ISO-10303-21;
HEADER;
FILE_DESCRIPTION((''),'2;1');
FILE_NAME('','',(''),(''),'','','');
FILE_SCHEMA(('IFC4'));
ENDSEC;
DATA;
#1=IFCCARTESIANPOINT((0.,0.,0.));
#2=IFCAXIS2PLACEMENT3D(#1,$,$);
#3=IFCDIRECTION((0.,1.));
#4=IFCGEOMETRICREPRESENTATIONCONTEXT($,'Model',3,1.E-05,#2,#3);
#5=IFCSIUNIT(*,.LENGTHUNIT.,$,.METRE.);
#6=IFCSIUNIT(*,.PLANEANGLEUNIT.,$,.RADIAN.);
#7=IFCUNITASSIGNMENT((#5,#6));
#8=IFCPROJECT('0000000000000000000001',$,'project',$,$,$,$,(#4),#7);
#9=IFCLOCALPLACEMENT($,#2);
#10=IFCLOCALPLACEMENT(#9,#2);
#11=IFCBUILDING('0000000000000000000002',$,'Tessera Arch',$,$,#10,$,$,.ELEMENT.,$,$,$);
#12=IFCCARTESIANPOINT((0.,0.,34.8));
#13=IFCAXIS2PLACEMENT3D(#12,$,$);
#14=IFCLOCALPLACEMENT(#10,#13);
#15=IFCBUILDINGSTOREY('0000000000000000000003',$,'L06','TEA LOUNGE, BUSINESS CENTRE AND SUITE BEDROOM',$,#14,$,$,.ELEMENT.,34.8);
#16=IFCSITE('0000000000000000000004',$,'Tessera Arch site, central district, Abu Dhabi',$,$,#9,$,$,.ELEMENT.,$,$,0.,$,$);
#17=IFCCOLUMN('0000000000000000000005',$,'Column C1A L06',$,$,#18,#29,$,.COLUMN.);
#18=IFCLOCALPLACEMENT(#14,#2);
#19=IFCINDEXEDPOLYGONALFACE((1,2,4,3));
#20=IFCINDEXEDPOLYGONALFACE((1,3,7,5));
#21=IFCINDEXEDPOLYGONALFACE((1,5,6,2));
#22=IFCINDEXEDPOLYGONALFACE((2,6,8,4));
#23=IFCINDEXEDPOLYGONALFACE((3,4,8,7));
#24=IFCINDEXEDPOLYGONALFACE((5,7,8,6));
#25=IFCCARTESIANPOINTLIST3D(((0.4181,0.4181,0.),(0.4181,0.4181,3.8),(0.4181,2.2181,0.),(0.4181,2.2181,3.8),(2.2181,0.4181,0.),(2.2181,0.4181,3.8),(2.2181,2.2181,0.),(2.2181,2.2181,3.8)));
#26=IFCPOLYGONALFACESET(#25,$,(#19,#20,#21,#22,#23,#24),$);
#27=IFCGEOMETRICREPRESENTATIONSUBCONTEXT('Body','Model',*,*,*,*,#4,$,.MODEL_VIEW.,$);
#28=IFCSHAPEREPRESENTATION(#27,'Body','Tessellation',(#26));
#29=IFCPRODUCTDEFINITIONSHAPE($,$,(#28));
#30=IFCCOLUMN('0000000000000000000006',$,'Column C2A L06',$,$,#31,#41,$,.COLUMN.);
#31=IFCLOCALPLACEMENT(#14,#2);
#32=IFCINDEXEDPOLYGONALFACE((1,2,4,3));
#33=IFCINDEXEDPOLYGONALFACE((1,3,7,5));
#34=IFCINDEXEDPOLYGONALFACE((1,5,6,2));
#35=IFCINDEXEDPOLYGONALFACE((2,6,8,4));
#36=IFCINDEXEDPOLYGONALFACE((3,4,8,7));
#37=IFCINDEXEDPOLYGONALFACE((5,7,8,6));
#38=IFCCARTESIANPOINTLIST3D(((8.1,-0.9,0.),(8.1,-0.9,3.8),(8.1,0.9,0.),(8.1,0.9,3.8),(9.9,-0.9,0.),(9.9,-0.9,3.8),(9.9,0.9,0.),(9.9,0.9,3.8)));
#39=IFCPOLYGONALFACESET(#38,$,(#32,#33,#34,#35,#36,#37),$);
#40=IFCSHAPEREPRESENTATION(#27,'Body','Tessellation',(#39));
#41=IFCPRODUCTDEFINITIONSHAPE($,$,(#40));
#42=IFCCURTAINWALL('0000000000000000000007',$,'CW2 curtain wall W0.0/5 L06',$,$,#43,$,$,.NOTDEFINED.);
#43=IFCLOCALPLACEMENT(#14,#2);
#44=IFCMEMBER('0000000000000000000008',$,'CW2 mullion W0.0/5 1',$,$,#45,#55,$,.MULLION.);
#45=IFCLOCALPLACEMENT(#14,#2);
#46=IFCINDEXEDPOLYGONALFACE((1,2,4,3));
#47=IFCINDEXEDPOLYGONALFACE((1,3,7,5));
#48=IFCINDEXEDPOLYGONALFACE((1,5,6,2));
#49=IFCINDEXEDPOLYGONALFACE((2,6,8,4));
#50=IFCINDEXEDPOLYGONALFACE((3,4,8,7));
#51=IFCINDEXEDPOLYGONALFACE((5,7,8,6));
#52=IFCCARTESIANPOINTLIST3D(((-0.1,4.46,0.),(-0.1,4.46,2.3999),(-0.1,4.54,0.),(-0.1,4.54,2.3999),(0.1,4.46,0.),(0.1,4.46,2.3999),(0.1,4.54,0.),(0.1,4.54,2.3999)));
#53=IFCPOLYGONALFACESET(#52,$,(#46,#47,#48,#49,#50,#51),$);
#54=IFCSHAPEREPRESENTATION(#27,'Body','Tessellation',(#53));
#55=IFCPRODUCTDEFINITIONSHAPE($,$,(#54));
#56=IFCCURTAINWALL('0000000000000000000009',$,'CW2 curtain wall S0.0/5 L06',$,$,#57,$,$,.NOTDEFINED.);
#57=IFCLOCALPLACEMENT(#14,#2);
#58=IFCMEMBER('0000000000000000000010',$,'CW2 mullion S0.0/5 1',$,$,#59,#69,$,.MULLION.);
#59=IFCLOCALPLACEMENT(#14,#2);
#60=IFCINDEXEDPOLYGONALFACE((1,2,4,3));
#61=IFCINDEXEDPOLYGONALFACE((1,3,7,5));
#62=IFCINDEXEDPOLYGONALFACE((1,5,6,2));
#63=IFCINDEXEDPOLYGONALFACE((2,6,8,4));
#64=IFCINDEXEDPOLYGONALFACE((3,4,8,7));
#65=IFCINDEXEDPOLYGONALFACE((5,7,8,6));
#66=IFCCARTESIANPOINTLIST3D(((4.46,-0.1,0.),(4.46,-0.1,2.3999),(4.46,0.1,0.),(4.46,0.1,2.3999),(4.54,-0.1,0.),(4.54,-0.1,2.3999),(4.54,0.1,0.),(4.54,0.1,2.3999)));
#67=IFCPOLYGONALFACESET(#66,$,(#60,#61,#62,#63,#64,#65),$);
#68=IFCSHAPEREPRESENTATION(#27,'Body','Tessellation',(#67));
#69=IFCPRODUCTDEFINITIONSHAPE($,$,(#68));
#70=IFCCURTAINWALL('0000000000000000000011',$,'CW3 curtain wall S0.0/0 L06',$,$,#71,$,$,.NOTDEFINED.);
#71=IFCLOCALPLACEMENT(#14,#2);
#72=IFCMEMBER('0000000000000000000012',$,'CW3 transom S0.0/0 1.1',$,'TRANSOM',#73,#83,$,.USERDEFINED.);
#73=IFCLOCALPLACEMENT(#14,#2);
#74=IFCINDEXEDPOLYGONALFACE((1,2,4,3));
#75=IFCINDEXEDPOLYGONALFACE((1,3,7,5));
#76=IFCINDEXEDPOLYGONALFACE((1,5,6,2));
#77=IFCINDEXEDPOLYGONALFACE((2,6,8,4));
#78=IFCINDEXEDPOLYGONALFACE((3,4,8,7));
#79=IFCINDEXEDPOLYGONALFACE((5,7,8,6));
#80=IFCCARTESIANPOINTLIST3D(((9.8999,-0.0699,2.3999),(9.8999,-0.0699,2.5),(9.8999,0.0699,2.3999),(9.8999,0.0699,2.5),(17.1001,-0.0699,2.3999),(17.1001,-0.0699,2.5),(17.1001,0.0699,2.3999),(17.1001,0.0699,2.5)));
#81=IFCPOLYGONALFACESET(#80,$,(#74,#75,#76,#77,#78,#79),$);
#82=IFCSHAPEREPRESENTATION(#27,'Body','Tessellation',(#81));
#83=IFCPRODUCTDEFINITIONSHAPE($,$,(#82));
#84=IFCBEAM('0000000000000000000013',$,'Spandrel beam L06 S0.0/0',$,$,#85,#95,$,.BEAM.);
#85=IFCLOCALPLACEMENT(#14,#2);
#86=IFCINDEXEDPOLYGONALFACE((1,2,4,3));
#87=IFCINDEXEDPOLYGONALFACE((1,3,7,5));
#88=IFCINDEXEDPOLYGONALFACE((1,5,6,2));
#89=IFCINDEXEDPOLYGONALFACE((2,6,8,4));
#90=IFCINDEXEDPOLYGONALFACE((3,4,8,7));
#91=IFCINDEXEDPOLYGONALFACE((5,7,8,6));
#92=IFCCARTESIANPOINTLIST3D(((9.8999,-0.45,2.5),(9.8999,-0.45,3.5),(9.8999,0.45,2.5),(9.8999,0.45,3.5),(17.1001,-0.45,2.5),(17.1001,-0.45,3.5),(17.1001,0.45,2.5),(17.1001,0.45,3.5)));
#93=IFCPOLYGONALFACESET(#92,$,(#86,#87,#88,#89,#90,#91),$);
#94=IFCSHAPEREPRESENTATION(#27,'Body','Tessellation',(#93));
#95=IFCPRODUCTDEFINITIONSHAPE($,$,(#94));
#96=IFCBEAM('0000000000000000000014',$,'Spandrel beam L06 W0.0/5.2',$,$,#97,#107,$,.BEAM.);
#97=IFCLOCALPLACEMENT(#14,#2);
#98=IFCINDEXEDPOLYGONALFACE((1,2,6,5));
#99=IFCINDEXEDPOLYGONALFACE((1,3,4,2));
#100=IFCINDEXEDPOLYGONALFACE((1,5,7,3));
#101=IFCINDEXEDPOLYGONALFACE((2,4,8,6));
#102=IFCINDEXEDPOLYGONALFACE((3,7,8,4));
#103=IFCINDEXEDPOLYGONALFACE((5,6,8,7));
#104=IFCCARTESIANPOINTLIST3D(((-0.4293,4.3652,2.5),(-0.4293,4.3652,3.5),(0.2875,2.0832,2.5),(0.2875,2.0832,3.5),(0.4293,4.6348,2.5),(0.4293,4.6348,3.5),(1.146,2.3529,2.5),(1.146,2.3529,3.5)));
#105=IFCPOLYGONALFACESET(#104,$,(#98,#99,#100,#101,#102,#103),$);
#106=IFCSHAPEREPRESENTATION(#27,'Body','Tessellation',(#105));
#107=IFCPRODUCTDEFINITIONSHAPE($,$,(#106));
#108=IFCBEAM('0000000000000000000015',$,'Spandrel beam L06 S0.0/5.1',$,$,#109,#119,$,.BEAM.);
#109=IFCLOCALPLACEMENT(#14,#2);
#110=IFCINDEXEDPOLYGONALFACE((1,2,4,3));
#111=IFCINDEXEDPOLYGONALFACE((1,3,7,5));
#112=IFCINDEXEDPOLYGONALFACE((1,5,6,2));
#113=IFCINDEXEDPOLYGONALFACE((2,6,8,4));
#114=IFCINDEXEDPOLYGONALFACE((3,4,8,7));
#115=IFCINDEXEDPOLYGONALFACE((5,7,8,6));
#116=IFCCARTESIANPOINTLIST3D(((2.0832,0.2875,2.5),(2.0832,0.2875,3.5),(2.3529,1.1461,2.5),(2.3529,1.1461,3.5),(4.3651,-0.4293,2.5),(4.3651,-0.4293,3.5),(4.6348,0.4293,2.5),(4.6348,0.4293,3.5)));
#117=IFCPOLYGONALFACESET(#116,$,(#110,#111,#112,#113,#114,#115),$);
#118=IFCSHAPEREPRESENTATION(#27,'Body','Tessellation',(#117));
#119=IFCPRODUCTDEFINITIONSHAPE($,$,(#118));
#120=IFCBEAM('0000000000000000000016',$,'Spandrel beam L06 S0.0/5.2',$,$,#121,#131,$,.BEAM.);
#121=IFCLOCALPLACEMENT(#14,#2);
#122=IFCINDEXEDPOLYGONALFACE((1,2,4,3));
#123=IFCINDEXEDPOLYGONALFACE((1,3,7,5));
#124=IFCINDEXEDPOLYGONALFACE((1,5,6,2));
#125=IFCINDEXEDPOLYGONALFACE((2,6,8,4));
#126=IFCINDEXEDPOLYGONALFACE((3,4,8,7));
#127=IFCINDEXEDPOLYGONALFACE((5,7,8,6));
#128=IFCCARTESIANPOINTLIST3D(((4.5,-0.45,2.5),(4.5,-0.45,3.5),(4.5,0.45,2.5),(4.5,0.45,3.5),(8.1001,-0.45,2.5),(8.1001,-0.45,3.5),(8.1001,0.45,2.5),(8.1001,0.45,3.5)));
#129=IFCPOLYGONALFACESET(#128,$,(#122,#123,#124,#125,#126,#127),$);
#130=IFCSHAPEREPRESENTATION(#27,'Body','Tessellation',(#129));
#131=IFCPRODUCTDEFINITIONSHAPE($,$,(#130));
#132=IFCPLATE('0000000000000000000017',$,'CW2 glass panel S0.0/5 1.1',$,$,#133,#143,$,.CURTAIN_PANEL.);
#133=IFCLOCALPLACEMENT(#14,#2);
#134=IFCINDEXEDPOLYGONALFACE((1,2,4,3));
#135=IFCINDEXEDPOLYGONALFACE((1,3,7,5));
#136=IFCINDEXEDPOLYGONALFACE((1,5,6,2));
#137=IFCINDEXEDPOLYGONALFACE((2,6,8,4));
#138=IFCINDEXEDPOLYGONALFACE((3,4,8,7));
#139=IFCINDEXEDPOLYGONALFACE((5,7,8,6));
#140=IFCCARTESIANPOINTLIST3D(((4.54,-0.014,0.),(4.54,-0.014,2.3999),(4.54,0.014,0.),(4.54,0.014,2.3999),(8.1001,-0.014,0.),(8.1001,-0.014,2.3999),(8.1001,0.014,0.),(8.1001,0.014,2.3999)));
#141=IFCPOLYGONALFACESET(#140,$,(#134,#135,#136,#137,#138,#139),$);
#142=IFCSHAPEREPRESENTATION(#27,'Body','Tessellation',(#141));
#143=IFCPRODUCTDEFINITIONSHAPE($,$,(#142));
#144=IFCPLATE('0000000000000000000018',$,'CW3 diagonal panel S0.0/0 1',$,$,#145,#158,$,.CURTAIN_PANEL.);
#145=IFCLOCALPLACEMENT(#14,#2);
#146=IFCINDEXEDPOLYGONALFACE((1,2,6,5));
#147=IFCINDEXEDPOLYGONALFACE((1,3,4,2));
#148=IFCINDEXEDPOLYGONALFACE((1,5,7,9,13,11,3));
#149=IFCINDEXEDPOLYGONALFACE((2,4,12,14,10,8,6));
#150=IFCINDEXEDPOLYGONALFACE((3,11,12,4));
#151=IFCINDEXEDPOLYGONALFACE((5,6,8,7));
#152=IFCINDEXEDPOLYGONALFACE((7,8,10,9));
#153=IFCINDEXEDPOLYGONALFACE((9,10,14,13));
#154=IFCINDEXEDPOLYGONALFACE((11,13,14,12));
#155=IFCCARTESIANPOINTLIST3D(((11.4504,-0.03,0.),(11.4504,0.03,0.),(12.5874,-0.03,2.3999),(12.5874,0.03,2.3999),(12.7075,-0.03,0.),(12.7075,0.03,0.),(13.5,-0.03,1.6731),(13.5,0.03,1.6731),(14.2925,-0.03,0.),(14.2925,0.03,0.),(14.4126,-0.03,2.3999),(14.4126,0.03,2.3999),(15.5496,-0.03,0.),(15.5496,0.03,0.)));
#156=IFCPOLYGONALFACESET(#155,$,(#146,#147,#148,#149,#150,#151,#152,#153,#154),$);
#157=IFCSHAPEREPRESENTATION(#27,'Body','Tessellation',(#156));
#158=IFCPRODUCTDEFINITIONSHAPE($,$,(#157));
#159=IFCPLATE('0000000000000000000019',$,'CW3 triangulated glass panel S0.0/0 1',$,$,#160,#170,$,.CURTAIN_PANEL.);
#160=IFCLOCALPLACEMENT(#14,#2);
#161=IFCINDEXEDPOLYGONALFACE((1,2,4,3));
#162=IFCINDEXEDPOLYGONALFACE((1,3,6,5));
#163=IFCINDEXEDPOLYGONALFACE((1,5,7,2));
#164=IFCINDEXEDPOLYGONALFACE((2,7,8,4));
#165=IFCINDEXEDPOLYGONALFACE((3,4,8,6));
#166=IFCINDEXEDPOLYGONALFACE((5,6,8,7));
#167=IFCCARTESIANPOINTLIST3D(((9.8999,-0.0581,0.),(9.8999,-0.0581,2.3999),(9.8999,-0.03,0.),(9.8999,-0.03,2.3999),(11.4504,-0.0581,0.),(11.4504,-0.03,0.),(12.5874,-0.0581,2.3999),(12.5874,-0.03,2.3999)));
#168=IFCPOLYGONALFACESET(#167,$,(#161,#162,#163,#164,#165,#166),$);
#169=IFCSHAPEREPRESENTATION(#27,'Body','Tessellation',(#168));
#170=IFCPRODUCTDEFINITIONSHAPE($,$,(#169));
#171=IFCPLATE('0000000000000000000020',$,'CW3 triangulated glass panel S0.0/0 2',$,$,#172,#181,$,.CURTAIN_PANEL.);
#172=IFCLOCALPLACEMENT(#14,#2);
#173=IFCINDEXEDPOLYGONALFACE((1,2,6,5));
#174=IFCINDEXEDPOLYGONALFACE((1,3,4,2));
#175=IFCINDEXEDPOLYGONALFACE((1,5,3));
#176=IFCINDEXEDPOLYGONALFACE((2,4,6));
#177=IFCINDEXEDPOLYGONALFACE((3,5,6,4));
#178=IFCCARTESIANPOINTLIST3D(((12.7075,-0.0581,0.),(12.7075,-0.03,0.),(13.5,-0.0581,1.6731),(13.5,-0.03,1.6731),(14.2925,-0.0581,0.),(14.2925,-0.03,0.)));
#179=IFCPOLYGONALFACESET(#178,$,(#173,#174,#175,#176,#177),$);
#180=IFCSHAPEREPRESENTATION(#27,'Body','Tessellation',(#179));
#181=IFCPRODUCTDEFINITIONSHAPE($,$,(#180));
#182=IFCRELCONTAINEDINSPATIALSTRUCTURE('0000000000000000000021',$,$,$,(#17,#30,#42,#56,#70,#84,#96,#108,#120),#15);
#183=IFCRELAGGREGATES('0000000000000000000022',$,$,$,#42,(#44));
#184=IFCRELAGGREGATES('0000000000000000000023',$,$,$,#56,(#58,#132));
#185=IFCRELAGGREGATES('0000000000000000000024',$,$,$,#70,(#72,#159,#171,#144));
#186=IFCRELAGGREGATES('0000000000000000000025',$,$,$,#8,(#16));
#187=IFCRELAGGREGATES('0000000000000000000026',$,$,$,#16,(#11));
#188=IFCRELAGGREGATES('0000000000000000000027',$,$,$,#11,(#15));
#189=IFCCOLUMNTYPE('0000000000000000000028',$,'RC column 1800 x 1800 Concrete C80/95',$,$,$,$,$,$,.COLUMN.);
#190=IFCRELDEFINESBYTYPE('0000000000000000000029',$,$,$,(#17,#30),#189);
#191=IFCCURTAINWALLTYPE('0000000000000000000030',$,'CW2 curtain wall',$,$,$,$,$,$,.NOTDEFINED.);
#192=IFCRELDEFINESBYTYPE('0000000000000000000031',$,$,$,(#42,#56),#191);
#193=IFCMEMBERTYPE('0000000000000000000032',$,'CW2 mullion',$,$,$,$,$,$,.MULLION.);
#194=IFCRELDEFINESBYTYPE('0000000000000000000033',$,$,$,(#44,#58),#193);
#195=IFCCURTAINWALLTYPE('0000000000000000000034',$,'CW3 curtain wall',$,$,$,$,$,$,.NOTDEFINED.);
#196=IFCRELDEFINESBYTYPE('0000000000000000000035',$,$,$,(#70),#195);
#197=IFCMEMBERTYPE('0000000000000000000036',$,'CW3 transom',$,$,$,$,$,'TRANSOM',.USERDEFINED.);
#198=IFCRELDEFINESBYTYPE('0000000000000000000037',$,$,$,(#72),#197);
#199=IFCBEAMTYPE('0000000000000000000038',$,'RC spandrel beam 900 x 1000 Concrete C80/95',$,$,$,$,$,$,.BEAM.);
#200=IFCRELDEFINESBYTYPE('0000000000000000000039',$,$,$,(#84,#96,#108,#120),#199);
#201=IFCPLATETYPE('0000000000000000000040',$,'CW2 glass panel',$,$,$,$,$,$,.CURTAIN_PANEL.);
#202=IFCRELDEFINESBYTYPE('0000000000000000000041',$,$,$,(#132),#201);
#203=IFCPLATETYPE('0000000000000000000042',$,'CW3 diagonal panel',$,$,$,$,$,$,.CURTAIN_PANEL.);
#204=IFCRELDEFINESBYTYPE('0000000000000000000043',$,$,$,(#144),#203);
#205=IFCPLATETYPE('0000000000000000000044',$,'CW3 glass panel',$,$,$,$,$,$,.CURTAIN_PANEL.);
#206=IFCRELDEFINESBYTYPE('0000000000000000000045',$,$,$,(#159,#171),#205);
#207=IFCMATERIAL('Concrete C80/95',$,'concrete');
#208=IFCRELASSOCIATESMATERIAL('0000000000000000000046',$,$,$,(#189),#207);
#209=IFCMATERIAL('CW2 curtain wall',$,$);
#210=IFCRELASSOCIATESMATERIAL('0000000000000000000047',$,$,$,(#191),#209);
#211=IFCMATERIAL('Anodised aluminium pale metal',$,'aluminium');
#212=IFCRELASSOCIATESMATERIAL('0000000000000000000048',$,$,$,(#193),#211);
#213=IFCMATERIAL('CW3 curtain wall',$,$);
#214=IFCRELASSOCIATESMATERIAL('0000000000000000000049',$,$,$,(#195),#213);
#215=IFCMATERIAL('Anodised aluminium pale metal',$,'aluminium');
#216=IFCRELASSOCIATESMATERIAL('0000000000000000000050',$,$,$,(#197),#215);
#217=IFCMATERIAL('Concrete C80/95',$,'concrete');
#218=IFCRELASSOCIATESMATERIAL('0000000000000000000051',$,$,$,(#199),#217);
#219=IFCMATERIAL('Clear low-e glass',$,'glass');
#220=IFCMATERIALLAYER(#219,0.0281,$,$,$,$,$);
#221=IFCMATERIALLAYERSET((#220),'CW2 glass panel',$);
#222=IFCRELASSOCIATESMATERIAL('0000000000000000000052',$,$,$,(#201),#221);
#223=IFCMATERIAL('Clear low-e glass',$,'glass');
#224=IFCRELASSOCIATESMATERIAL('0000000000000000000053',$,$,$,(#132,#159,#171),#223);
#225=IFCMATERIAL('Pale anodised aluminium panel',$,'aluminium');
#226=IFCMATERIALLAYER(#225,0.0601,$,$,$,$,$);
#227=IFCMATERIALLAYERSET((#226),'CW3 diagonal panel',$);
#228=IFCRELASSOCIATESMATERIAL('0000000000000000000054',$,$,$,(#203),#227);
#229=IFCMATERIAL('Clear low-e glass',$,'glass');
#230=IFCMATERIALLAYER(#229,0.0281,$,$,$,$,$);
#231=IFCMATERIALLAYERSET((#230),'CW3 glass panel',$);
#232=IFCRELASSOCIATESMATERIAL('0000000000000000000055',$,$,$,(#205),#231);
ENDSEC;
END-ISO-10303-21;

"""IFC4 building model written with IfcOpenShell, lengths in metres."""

from ifc_helpers import new_model, si_unit, direction, frame, origin, origin_2d, place, context, subcontext, project, spatial, polyline, rectangle, outline, extrude, material, layer, layer_set, material_profile, profile_set, type_object, element, aggregate, save


model = new_model("IFC4")

# Units and contexts
model_context = context("Model", 3, precision=1e-05, world=origin(), true_north=direction((0.0, 1.0)))
body_context = subcontext(model_context, "Body", "Model", "MODEL_VIEW")
ifc_project = project(units=[si_unit("LENGTHUNIT", "METRE"), si_unit("PLANEANGLEUNIT", "RADIAN")], contexts=[model_context])

# Site, building, storey
site_placement = place(None, origin())
site = spatial("IfcSite", under=ifc_project, at=site_placement, Name="Tessera Arch site, central district, Abu Dhabi", CompositionType="ELEMENT", RefElevation=0.0)
building_placement = place(site_placement, origin())
building = spatial("IfcBuilding", under=site, at=building_placement, Name="Tessera Arch", CompositionType="ELEMENT")
storey_placement = place(building_placement, frame((0.0, 0.0, 34.8)))
storey = spatial("IfcBuildingStorey", under=building, at=storey_placement, Name="L06", Description="TEA LOUNGE, BUSINESS CENTRE AND SUITE BEDROOM", CompositionType="ELEMENT", Elevation=34.8)

# Columns
ifc_material_1 = material(Name="Concrete C80/95", Category="concrete")
ifc_material_profile_1 = material_profile(ifc_material_1, rectangle(XDim=1.8, YDim=1.8, at=origin_2d()), Name="RC column 1800 x 1800 Concrete C80/95")
ifc_profile_set_1 = profile_set([ifc_material_profile_1], Name="Concrete C80/95")
column_type = type_object("IfcColumnType", Name="RC column 1800 x 1800 Concrete C80/95", PredefinedType="COLUMN", material=ifc_profile_set_1)
for number, where, z_axis, x_axis, name in (
    (1, (1.3181, 1.3181, 0.0), (0.0, 0.0, 1.0), (1.0, 0.0, 0.0), "Column C1A L06"),
    (2, (9.0, 0.0, 0.0), (0.0, 0.0, 1.0), (1.0, 0.0, 0.0), "Column C2A L06"),
):
    element("IfcColumn", number, at=place(storey_placement, frame(where, z_axis=z_axis, x_axis=x_axis)), inside=storey, type_object=column_type, Name=name, PredefinedType="COLUMN", context=body_context, shape_type="SweptSolid", body=[
        extrude(rectangle(XDim=1.8, YDim=1.8, at=origin_2d()), origin(), (0.0, 0.0, 1.0), 3.8),
    ])

# Curtain walls, members
ifc_material_2 = material(Name="CW2 curtain wall")
curtain_wall_type_1 = type_object("IfcCurtainWallType", Name="CW2 curtain wall", PredefinedType="NOTDEFINED", material=ifc_material_2)
curtain_wall_1_placement = place(storey_placement, origin())
curtain_wall_1 = element("IfcCurtainWall", 3, at=curtain_wall_1_placement, inside=storey, type_object=curtain_wall_type_1, Name="CW2 curtain wall W0.0/5 L06", PredefinedType="NOTDEFINED")
ifc_material_3 = material(Name="Anodised aluminium pale metal", Category="aluminium")
ifc_material_profile_2 = material_profile(ifc_material_3, rectangle(XDim=0.2, YDim=0.0801, at=origin_2d()), Name="AL 80x200")
ifc_profile_set_2 = profile_set([ifc_material_profile_2], Name="Anodised aluminium pale metal")
member_type_1 = type_object("IfcMemberType", Name="CW2 mullion", PredefinedType="MULLION", material=ifc_profile_set_2)
member_1_placement = place(storey_placement, frame((0.0, 4.5, 0.0), z_axis=(0.0, 0.0, 1.0), x_axis=(1.0, 0.0, 0.0)))
member_1 = element("IfcMember", 4, at=member_1_placement, type_object=member_type_1, Name="CW2 mullion W0.0/5 1", PredefinedType="MULLION", context=body_context, shape_type="SweptSolid", body=[
    extrude(rectangle(XDim=0.2, YDim=0.0801, at=origin_2d()), origin(), (0.0, 0.0, 1.0), 2.3999),
])
aggregate(curtain_wall_1, [member_1])
curtain_wall_2_placement = place(storey_placement, origin())
curtain_wall_2 = element("IfcCurtainWall", 5, at=curtain_wall_2_placement, inside=storey, type_object=curtain_wall_type_1, Name="CW2 curtain wall S0.0/5 L06", PredefinedType="NOTDEFINED")
member_2_placement = place(storey_placement, frame((4.5, 0.0, 0.0), z_axis=(0.0, 0.0, 1.0), x_axis=(0.0, 1.0, 0.0)))
member_2 = element("IfcMember", 6, at=member_2_placement, type_object=member_type_1, Name="CW2 mullion S0.0/5 1", PredefinedType="MULLION", context=body_context, shape_type="SweptSolid", body=[
    extrude(rectangle(XDim=0.2, YDim=0.0801, at=origin_2d()), origin(), (0.0, 0.0, 1.0), 2.3999),
])
ifc_material_4 = material(Name="CW3 curtain wall")
curtain_wall_type_2 = type_object("IfcCurtainWallType", Name="CW3 curtain wall", PredefinedType="NOTDEFINED", material=ifc_material_4)
curtain_wall_3_placement = place(storey_placement, origin())
curtain_wall_3 = element("IfcCurtainWall", 7, at=curtain_wall_3_placement, inside=storey, type_object=curtain_wall_type_2, Name="CW3 curtain wall S0.0/0 L06", PredefinedType="NOTDEFINED")
ifc_material_5 = material(Name="Anodised aluminium pale metal", Category="aluminium")
ifc_material_profile_3 = material_profile(ifc_material_5, rectangle(XDim=0.1399, YDim=0.1001, at=origin_2d()), Name="AL 140x100")
ifc_profile_set_3 = profile_set([ifc_material_profile_3], Name="Anodised aluminium pale metal")
member_type_2 = type_object("IfcMemberType", Name="CW3 transom", ElementType="TRANSOM", PredefinedType="USERDEFINED", material=ifc_profile_set_3)
member_3_placement = place(storey_placement, frame((9.8999, 0.0, 2.45), z_axis=(1.0, 0.0, 0.0), x_axis=(0.0, 1.0, 0.0)))
member_3 = element("IfcMember", 8, at=member_3_placement, type_object=member_type_2, Name="CW3 transom S0.0/0 1.1", ObjectType="TRANSOM", PredefinedType="USERDEFINED", context=body_context, shape_type="SweptSolid", body=[
    extrude(rectangle(XDim=0.1399, YDim=0.1001, at=origin_2d()), origin(), (0.0, 0.0, 1.0), 7.2002),
])

# Beams
ifc_material_6 = material(Name="Concrete C80/95", Category="concrete")
ifc_material_profile_4 = material_profile(ifc_material_6, rectangle(XDim=0.8999, YDim=1.0, at=origin_2d()), Name="RC spandrel beam 900 x 1000 Concrete C80/95")
ifc_profile_set_4 = profile_set([ifc_material_profile_4], Name="Concrete C80/95")
beam_type = type_object("IfcBeamType", Name="RC spandrel beam 900 x 1000 Concrete C80/95", PredefinedType="BEAM", material=ifc_profile_set_4)
beam_1_placement = place(storey_placement, frame((9.8999, 0.0, 3.0), z_axis=(1.0, 0.0, 0.0), x_axis=(0.0, 1.0, 0.0)))
element("IfcBeam", 9, at=beam_1_placement, inside=storey, type_object=beam_type, Name="Spandrel beam L06 S0.0/0", PredefinedType="BEAM", context=body_context, shape_type="SweptSolid", body=[
    extrude(rectangle(XDim=0.8999, YDim=1.0, at=origin_2d()), origin(), (0.0, 0.0, 1.0), 7.2002),
])
for number, where, z_axis, x_axis, name in (
    (10, (0.0, 4.5, 3.0), (0.299675, -0.954041, 0.0), (0.954041, 0.299675, 0.0), "Spandrel beam L06 W0.0/5.2"),
    (11, (2.218, 0.7168, 3.0), (0.954041, -0.299675, 0.0), (0.299675, 0.954041, 0.0), "Spandrel beam L06 S0.0/5.1"),
):
    element("IfcBeam", number, at=place(storey_placement, frame(where, z_axis=z_axis, x_axis=x_axis)), inside=storey, type_object=beam_type, Name=name, PredefinedType="BEAM", context=body_context, shape_type="SweptSolid", body=[
        extrude(rectangle(XDim=0.8999, YDim=1.0, at=origin_2d()), origin(), (0.0, 0.0, 1.0), 2.3918),
    ])
beam_2_placement = place(storey_placement, frame((4.5, 0.0, 3.0), z_axis=(1.0, 0.0, 0.0), x_axis=(0.0, 1.0, 0.0)))
element("IfcBeam", 12, at=beam_2_placement, inside=storey, type_object=beam_type, Name="Spandrel beam L06 S0.0/5.2", PredefinedType="BEAM", context=body_context, shape_type="SweptSolid", body=[
    extrude(rectangle(XDim=0.8999, YDim=1.0, at=origin_2d()), origin(), (0.0, 0.0, 1.0), 3.6001),
])

# Plates
ifc_material_7 = material(Name="Clear low-e glass", Category="glass")
ifc_material_8 = material(Name="Clear low-e glass", Category="glass")
ifc_layer_1 = layer(ifc_material_8, 0.0281)
ifc_layer_set_1 = layer_set([ifc_layer_1], Name="CW2 glass panel")
plate_type_1 = type_object("IfcPlateType", Name="CW2 glass panel", PredefinedType="CURTAIN_PANEL", material=ifc_layer_set_1)
plate_1_placement = place(storey_placement, frame((6.3201, 0.0, 0.0), z_axis=(0.0, 0.0, 1.0), x_axis=(1.0, 0.0, 0.0)))
plate_1 = element("IfcPlate", 13, at=plate_1_placement, type_object=plate_type_1, material=ifc_material_7, Name="CW2 glass panel S0.0/5 1.1", PredefinedType="CURTAIN_PANEL", context=body_context, shape_type="SweptSolid", body=[
    extrude(rectangle(XDim=3.5601, YDim=0.0281, at=origin_2d()), origin(), (0.0, 0.0, 1.0), 2.3999),
])
aggregate(curtain_wall_2, [member_2, plate_1])
ifc_material_9 = material(Name="Pale anodised aluminium panel", Category="aluminium")
ifc_layer_2 = layer(ifc_material_9, 0.0601)
ifc_layer_set_2 = layer_set([ifc_layer_2], Name="CW3 diagonal panel")
plate_type_2 = type_object("IfcPlateType", Name="CW3 diagonal panel", PredefinedType="CURTAIN_PANEL", material=ifc_layer_set_2)
plate_2_placement = place(storey_placement, frame((14.4126, -0.03, 2.3999), z_axis=(0.0, -1.0, 0.0), x_axis=(-1.0, 0.0, 0.0)))
plate_2 = element("IfcPlate", 14, at=plate_2_placement, type_object=plate_type_2, Name="CW3 diagonal panel S0.0/0 1", PredefinedType="CURTAIN_PANEL", context=body_context, shape_type="SweptSolid", body=[
    extrude(outline(polyline([(0.0, 0.0), (1.8252, 0.0), (2.9622, 2.3999), (1.7051, 2.3999), (0.9126, 0.7268), (0.1201, 2.3999), (-1.137, 2.3999), (0.0, 0.0)])), origin(), (0.0, 0.0, -1.0), 0.0601),
])
ifc_material_10 = material(Name="Clear low-e glass", Category="glass")
ifc_layer_3 = layer(ifc_material_10, 0.0281)
ifc_layer_set_3 = layer_set([ifc_layer_3], Name="CW3 glass panel")
plate_type_3 = type_object("IfcPlateType", Name="CW3 glass panel", PredefinedType="CURTAIN_PANEL", material=ifc_layer_set_3)
plate_3_placement = place(storey_placement, frame((9.8999, -0.0581, 0.0), z_axis=(0.0, -1.0, 0.0), x_axis=(1.0, 0.0, 0.0)))
plate_3 = element("IfcPlate", 15, at=plate_3_placement, type_object=plate_type_3, material=ifc_material_7, Name="CW3 triangulated glass panel S0.0/0 1", PredefinedType="CURTAIN_PANEL", context=body_context, shape_type="SweptSolid", body=[
    extrude(outline(polyline([(0.0, 0.0), (1.5505, 0.0), (2.6875, 2.3999), (0.0, 2.3999), (0.0, 0.0)])), origin(), (0.0, 0.0, -1.0), 0.0281),
])
plate_4_placement = place(storey_placement, frame((12.7075, -0.0581, 0.0), z_axis=(0.0, -1.0, 0.0), x_axis=(1.0, 0.0, 0.0)))
plate_4 = element("IfcPlate", 16, at=plate_4_placement, type_object=plate_type_3, material=ifc_material_7, Name="CW3 triangulated glass panel S0.0/0 2", PredefinedType="CURTAIN_PANEL", context=body_context, shape_type="SweptSolid", body=[
    extrude(outline(polyline([(0.0, 0.0), (1.585, 0.0), (0.7925, 1.6731), (0.0, 0.0)])), origin(), (0.0, 0.0, -1.0), 0.0281),
])
aggregate(curtain_wall_3, [member_3, plate_3, plate_4, plate_2])

save(model, "model.ifc")
